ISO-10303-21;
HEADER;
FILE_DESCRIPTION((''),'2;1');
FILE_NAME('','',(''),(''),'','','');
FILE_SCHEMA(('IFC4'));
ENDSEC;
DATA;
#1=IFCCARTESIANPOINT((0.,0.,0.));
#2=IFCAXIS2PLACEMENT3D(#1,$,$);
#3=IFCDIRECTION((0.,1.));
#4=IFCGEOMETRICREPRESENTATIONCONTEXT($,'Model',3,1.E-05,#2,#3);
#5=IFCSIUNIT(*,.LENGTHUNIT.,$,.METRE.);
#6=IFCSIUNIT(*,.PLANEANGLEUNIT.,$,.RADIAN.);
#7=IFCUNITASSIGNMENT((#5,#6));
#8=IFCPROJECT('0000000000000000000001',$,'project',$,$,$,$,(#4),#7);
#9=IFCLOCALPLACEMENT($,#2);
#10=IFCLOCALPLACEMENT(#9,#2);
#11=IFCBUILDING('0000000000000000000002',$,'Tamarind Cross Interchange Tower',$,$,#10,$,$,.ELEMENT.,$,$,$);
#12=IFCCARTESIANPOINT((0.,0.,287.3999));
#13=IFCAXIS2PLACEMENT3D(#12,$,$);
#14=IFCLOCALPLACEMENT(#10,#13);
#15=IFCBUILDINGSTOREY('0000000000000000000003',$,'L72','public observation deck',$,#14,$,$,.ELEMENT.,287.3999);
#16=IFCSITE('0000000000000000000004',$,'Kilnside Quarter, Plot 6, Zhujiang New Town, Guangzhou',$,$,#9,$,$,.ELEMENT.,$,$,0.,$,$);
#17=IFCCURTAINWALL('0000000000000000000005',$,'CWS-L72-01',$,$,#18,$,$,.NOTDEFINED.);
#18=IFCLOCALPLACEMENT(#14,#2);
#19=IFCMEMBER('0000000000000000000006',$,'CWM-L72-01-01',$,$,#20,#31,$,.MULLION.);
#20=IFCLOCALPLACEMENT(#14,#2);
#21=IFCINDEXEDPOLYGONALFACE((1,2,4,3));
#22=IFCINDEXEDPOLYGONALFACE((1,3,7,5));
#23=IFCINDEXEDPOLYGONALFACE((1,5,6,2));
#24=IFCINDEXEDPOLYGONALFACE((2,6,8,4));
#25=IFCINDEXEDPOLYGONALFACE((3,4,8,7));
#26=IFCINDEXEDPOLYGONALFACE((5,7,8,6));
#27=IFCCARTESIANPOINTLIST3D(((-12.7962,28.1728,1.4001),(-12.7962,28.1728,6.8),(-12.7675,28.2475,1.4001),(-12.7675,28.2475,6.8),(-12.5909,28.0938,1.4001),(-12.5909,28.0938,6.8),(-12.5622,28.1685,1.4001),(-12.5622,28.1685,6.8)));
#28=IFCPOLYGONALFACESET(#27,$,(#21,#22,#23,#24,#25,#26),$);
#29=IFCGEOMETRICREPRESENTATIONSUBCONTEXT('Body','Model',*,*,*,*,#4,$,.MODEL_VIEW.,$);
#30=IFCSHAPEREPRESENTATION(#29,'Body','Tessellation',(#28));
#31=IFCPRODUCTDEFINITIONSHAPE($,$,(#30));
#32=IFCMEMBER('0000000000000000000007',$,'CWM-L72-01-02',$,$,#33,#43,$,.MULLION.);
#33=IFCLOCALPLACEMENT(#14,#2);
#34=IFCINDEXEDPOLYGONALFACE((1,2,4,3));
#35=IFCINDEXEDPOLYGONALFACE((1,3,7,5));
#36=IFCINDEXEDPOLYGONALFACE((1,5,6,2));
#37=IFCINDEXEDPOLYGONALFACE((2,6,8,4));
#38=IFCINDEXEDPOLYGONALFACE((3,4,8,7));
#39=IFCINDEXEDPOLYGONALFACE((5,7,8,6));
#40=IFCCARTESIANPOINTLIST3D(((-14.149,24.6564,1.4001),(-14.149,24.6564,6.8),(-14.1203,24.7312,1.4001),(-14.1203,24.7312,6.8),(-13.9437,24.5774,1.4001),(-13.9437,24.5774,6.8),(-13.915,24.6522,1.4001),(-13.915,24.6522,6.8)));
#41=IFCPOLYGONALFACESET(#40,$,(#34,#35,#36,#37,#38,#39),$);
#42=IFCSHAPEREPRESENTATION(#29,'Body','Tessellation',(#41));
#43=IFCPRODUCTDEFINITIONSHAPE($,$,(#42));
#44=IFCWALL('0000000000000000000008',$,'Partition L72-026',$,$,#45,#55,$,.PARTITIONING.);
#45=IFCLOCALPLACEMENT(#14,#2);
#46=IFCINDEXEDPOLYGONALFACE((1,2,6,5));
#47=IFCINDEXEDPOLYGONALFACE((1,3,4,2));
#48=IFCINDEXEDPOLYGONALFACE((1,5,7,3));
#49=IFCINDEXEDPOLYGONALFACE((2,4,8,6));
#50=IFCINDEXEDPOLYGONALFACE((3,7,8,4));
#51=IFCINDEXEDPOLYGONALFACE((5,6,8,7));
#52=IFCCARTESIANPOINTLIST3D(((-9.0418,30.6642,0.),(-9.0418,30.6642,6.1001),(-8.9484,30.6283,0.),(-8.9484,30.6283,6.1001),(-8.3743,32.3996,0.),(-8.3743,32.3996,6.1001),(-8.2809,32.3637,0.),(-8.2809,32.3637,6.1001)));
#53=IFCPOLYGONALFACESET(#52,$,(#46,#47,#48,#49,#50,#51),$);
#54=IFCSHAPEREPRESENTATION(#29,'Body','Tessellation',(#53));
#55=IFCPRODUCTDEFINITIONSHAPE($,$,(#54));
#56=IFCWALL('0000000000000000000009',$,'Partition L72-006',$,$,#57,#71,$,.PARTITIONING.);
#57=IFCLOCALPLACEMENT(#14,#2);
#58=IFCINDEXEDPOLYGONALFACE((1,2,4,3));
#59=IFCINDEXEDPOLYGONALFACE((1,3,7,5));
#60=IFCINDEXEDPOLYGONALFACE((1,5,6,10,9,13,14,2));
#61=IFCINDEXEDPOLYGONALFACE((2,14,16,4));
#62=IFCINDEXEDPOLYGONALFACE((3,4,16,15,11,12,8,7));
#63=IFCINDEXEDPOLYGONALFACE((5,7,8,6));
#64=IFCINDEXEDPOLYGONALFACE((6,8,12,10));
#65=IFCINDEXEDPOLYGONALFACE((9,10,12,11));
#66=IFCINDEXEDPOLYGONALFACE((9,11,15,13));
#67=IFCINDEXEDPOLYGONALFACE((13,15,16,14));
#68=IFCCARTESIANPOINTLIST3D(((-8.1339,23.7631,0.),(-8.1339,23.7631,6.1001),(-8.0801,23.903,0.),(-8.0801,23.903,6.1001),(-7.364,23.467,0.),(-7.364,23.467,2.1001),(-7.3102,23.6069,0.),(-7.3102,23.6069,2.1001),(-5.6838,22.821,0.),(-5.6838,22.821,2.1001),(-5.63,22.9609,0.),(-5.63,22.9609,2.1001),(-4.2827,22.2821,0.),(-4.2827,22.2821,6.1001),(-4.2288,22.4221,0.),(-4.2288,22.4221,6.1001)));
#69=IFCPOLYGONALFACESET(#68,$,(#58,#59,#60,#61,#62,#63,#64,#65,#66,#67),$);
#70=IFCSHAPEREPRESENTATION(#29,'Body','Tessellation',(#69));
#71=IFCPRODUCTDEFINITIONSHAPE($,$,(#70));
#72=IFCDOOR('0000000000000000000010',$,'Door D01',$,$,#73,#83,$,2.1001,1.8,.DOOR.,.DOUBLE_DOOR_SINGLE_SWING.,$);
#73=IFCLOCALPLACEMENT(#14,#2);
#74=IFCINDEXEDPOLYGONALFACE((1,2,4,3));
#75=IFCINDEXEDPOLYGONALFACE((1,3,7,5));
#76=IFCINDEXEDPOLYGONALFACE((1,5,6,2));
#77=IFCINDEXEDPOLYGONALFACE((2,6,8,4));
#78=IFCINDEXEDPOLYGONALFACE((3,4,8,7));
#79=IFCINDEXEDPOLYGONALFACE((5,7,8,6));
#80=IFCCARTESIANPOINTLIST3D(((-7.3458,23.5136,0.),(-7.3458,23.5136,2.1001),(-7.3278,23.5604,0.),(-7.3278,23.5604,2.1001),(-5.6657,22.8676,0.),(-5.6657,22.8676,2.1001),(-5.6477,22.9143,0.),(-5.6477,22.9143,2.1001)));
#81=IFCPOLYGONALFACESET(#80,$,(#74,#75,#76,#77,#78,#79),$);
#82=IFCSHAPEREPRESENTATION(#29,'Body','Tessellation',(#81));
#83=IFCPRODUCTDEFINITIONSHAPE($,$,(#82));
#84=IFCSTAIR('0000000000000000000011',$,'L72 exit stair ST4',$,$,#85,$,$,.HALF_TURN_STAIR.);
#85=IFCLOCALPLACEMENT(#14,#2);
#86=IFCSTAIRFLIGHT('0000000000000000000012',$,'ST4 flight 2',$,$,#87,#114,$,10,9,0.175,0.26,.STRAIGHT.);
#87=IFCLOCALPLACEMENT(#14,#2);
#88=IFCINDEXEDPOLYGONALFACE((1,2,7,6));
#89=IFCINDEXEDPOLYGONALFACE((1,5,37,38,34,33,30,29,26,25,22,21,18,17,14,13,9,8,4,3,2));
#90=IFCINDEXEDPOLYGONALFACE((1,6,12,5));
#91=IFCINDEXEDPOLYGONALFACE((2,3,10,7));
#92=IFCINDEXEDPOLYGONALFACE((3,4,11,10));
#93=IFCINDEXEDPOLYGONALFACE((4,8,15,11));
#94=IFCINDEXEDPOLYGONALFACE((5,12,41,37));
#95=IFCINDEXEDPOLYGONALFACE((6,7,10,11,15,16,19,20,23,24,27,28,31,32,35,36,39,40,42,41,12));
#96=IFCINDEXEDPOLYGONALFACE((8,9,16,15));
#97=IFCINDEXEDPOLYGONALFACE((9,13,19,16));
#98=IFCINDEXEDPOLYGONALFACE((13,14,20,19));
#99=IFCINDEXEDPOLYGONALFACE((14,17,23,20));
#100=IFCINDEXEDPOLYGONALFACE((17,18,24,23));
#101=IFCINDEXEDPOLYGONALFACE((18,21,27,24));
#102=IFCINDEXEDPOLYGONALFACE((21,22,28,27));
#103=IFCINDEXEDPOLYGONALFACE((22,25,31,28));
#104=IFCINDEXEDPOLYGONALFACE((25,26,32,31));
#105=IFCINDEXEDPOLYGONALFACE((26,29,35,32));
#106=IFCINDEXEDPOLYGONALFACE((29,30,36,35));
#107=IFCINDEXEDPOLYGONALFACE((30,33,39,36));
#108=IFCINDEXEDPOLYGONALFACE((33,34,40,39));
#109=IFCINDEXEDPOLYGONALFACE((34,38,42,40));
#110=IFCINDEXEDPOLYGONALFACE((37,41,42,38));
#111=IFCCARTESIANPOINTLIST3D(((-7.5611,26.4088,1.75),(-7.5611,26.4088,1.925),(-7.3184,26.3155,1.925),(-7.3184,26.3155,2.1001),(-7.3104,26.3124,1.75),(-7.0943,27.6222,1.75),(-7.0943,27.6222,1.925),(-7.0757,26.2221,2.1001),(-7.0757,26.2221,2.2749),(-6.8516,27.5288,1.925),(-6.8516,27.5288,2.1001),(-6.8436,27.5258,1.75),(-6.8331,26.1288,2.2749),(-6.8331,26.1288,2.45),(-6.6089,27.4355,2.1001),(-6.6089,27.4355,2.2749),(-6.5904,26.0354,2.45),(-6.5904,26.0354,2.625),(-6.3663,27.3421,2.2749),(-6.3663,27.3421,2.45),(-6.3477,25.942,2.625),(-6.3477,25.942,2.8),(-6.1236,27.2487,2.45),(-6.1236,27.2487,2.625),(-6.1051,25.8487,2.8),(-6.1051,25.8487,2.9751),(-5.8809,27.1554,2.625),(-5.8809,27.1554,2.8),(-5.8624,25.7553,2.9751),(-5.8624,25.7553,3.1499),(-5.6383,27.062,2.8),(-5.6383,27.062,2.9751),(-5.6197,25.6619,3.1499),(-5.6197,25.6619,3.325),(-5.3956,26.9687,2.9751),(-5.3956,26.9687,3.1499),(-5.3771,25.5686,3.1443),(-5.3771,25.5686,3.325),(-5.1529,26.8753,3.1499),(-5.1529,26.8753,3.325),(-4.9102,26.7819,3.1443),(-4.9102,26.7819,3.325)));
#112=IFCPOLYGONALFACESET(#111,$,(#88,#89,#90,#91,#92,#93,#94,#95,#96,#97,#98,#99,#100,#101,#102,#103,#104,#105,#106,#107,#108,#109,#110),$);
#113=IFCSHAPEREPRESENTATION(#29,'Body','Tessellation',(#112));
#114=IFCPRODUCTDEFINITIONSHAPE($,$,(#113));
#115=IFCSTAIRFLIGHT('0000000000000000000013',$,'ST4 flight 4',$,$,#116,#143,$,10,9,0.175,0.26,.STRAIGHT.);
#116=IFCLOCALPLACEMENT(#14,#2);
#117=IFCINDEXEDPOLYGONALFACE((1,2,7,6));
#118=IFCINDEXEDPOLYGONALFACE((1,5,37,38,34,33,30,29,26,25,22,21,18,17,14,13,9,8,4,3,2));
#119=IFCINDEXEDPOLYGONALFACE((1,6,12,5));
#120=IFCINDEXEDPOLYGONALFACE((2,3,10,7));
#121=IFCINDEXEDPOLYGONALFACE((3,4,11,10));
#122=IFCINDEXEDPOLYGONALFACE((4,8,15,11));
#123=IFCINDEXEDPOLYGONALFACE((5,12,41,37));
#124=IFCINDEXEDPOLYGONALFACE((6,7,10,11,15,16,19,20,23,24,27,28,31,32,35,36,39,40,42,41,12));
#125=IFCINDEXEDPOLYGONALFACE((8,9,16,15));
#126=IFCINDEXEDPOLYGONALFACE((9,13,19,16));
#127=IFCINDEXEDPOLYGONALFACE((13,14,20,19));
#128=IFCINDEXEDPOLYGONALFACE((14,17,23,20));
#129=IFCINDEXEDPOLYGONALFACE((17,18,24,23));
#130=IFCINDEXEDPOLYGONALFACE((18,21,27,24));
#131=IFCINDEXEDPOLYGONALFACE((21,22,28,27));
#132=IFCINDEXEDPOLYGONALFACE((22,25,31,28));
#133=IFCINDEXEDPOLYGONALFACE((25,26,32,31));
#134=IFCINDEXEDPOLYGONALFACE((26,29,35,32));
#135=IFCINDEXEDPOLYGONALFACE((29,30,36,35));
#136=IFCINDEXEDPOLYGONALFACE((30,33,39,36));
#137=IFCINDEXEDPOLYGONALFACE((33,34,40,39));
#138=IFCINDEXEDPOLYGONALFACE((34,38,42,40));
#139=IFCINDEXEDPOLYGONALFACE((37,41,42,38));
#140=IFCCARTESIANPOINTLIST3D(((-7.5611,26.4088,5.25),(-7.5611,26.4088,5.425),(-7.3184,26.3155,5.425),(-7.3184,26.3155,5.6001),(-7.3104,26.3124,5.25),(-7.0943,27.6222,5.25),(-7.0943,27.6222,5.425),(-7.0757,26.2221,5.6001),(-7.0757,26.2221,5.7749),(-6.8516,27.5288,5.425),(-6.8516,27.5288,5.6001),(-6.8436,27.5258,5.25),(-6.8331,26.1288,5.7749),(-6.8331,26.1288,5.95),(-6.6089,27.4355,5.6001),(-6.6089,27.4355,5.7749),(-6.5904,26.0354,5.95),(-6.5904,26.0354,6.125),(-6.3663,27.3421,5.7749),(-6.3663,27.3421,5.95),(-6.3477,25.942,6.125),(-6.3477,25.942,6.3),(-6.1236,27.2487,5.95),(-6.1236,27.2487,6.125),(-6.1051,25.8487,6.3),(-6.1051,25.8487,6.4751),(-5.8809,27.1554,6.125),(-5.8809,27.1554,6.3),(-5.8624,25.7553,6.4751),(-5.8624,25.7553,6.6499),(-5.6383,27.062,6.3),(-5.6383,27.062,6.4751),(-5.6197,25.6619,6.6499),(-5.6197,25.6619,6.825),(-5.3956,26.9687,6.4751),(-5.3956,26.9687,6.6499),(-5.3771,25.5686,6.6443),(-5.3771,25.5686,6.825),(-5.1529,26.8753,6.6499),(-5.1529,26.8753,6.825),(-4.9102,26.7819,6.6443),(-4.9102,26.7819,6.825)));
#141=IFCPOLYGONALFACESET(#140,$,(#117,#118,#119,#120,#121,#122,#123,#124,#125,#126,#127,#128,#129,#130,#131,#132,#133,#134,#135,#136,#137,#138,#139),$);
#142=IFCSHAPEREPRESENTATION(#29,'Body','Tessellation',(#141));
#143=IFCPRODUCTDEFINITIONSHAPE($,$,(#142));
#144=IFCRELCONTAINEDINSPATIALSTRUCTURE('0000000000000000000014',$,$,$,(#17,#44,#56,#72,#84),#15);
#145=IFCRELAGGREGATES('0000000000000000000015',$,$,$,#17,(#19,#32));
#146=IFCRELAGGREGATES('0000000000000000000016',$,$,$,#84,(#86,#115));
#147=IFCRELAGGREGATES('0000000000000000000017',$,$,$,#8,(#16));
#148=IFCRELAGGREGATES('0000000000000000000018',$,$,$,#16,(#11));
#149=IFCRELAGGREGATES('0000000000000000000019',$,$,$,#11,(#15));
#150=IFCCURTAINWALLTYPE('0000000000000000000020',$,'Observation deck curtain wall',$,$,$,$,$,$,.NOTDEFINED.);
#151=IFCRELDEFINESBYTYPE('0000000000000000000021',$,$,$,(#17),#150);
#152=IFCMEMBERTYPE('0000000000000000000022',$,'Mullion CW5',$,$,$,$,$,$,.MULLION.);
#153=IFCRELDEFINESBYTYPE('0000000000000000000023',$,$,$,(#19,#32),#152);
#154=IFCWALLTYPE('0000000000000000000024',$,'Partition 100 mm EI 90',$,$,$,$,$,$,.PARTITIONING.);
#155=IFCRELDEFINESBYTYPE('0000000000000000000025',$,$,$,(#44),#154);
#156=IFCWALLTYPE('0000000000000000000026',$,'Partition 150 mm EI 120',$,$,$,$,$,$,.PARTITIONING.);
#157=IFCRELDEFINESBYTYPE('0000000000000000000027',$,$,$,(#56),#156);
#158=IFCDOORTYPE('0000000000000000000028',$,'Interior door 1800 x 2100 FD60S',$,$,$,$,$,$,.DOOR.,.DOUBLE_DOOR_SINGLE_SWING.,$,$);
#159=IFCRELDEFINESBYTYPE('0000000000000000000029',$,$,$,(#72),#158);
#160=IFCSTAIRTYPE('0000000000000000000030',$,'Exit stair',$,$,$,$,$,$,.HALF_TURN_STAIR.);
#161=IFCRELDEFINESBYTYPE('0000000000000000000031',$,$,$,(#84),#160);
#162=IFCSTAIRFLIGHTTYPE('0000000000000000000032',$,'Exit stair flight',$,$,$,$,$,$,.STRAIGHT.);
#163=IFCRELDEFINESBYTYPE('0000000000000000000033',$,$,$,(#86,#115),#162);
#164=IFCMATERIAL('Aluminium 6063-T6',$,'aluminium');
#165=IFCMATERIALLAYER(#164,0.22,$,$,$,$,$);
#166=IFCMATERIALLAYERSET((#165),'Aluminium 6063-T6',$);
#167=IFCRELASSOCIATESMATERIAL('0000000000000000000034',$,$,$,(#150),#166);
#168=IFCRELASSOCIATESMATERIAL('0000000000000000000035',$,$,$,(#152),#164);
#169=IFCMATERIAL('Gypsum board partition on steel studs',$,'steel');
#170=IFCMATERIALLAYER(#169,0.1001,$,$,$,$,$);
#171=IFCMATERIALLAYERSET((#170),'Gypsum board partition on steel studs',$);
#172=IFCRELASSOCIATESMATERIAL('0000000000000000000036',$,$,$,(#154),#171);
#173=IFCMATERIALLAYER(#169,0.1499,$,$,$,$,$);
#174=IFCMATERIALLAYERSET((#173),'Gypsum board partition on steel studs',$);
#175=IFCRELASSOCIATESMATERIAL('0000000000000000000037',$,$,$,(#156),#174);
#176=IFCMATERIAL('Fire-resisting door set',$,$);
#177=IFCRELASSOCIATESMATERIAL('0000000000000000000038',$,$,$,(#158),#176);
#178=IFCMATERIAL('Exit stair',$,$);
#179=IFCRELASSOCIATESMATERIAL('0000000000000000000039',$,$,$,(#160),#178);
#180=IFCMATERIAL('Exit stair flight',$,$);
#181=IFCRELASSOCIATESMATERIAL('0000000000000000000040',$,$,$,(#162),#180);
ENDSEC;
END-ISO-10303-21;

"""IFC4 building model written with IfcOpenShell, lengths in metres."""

from ifc_helpers import new_model, si_unit, direction, frame, frame_2d, origin, origin_2d, place, context, subcontext, project, spatial, polyline, rectangle, outline, extrude, material, layer, layer_set, material_profile, profile_set, type_object, element, fill, aggregate, save


model = new_model("IFC4")

# Units and contexts
model_context = context("Model", 3, precision=1e-05, world=origin(), true_north=direction((0.0, 1.0)))
body_context = subcontext(model_context, "Body", "Model", "MODEL_VIEW")
ifc_project = project(units=[si_unit("LENGTHUNIT", "METRE"), si_unit("PLANEANGLEUNIT", "RADIAN")], contexts=[model_context])

# Site, building, storey
site_placement = place(None, origin())
site = spatial("IfcSite", under=ifc_project, at=site_placement, Name="Kilnside Quarter, Plot 6, Zhujiang New Town, Guangzhou", CompositionType="ELEMENT", RefElevation=0.0)
building_placement = place(site_placement, origin())
building = spatial("IfcBuilding", under=site, at=building_placement, Name="Tamarind Cross Interchange Tower", CompositionType="ELEMENT")
storey_placement = place(building_placement, frame((0.0, 0.0, 287.3999)))
storey = spatial("IfcBuildingStorey", under=building, at=storey_placement, Name="L72", Description="public observation deck", CompositionType="ELEMENT", Elevation=287.3999)

# Curtain wall, members
ifc_material_1 = material(Name="Aluminium 6063-T6", Category="aluminium")
ifc_layer_1 = layer(ifc_material_1, 0.22)
ifc_layer_set_1 = layer_set([ifc_layer_1], Name="Aluminium 6063-T6")
curtain_wall_type = type_object("IfcCurtainWallType", Name="Observation deck curtain wall", PredefinedType="NOTDEFINED", material=ifc_layer_set_1)
curtain_wall_placement = place(storey_placement, origin())
curtain_wall = element("IfcCurtainWall", 1, at=curtain_wall_placement, inside=storey, type_object=curtain_wall_type, Name="CWS-L72-01", PredefinedType="NOTDEFINED")
ifc_material_profile_1 = material_profile(ifc_material_1, rectangle(XDim=0.0801, YDim=0.22, at=origin_2d()), Name="Mullion CW5")
ifc_profile_set_1 = profile_set([ifc_material_profile_1], Name="Aluminium 6063-T6")
member_type = type_object("IfcMemberType", Name="Mullion CW5", PredefinedType="MULLION", material=ifc_profile_set_1)
member_1_placement = place(storey_placement, frame((-12.6792, 28.1707, 1.4001), z_axis=(0.0, 0.0, 1.0), x_axis=(-0.359072, -0.93331, 0.0)))
member_1 = element("IfcMember", 2, at=member_1_placement, type_object=member_type, Name="CWM-L72-01-01", PredefinedType="MULLION", context=body_context, shape_type="SweptSolid", body=[
    extrude(rectangle(XDim=0.0801, YDim=0.22, at=origin_2d()), origin(), (0.0, 0.0, 1.0), 5.3999),
])
member_2_placement = place(storey_placement, frame((-14.032, 24.6543, 1.4001), z_axis=(0.0, 0.0, 1.0), x_axis=(-0.359072, -0.93331, 0.0)))
member_2 = element("IfcMember", 3, at=member_2_placement, type_object=member_type, Name="CWM-L72-01-02", PredefinedType="MULLION", context=body_context, shape_type="SweptSolid", body=[
    extrude(rectangle(XDim=0.0801, YDim=0.22, at=origin_2d()), origin(), (0.0, 0.0, 1.0), 5.3999),
])
aggregate(curtain_wall, [member_1, member_2])

# Wall
ifc_material_2 = material(Name="Gypsum board partition on steel studs", Category="steel")
ifc_layer_2 = layer(ifc_material_2, 0.1001)
ifc_layer_set_2 = layer_set([ifc_layer_2], Name="Gypsum board partition on steel studs")
wall_type_1 = type_object("IfcWallType", Name="Partition 100 mm EI 90", PredefinedType="PARTITIONING", material=ifc_layer_set_2)
wall_1_placement = place(storey_placement, frame((-8.9951, 30.6462, 0.0), z_axis=(0.0, 0.0, 1.0), x_axis=(0.358997, 0.933339, 0.0)))
element("IfcWall", 4, at=wall_1_placement, inside=storey, type_object=wall_type_1, Name="Partition L72-026", PredefinedType="PARTITIONING", context=body_context, shape_type="SweptSolid", body=[
    extrude(rectangle(XDim=1.8594, YDim=0.1001, at=frame_2d((0.9297, 0.0))), origin(), (0.0, 0.0, 1.0), 6.1001),
])

# Wall, opening, door
ifc_layer_3 = layer(ifc_material_2, 0.1499)
ifc_layer_set_3 = layer_set([ifc_layer_3], Name="Gypsum board partition on steel studs")
wall_type_2 = type_object("IfcWallType", Name="Partition 150 mm EI 120", PredefinedType="PARTITIONING", material=ifc_layer_set_3)
wall_2_placement = place(storey_placement, frame((-8.1069, 23.833, 0.0), z_axis=(0.0, 0.0, 1.0), x_axis=(0.933372, -0.358912, 0.0)))
wall_2 = element("IfcWall", 5, at=wall_2_placement, inside=storey, type_object=wall_type_2, Name="Partition L72-006", PredefinedType="PARTITIONING", context=body_context, shape_type="SweptSolid", body=[
    extrude(rectangle(XDim=4.1262, YDim=0.1499, at=frame_2d((2.063, 0.0))), origin(), (0.0, 0.0, 1.0), 6.1001),
])
opening_placement = place(wall_2_placement, frame((0.825, 0.0, 0.0)))
opening = element("IfcOpeningElement", 6, at=opening_placement, cuts=wall_2, PredefinedType="OPENING", context=body_context, shape_type="SweptSolid", body=[
    extrude(rectangle(XDim=1.8, YDim=2.1001, at=frame_2d((0.8999, 1.05))), frame((0.0, 0.085, 0.0), z_axis=(0.0, -1.0, 0.0), x_axis=(1.0, 0.0, 0.0)), (0.0, 0.0, 1.0), 0.1699),
])
ifc_material_3 = material(Name="Fire-resisting door set")
door_type = type_object("IfcDoorType", Name="Interior door 1800 x 2100 FD60S", OperationType="DOUBLE_DOOR_SINGLE_SWING", PredefinedType="DOOR", material=ifc_material_3)
door_placement = place(opening_placement, frame((1.8, 0.0, 0.0), z_axis=(0.0, 0.0, 1.0), x_axis=(-1.0, 0.0, 0.0)))
door = element("IfcDoor", 7, at=door_placement, inside=storey, type_object=door_type, Name="Door D01", OperationType="DOUBLE_DOOR_SINGLE_SWING", OverallHeight=2.1001, OverallWidth=1.8, PredefinedType="DOOR", context=body_context, shape_type="SweptSolid", body=[
    extrude(rectangle(XDim=1.8, YDim=2.1001, at=frame_2d((0.8999, 1.05))), frame((0.0, 0.0249, 0.0), z_axis=(0.0, -1.0, 0.0), x_axis=(1.0, 0.0, 0.0)), (0.0, 0.0, 1.0), 0.05),
])
fill(opening, door)

# Stair, stair flights
ifc_material_4 = material(Name="Exit stair")
stair_type = type_object("IfcStairType", Name="Exit stair", PredefinedType="HALF_TURN_STAIR", material=ifc_material_4)
stair_placement = place(storey_placement, origin())
stair = element("IfcStair", 8, at=stair_placement, inside=storey, type_object=stair_type, Name="L72 exit stair ST4", PredefinedType="HALF_TURN_STAIR")
ifc_material_5 = material(Name="Exit stair flight")
stair_flight_type = type_object("IfcStairFlightType", Name="Exit stair flight", PredefinedType="STRAIGHT", material=ifc_material_5)
stair_flight_1_placement = place(storey_placement, frame((-7.3276, 27.0156, 1.75), z_axis=(0.0, 0.0, 1.0), x_axis=(0.93331, -0.359072, 0.0)))
stair_flight_1 = element("IfcStairFlight", 9, at=stair_flight_1_placement, type_object=stair_flight_type, Name="ST4 flight 2", NumberOfRisers=10, NumberOfTreads=9, PredefinedType="STRAIGHT", RiserHeight=0.175, TreadLength=0.26, context=body_context, shape_type="SweptSolid", body=[
    extrude(outline(polyline([(0.0, 0.0), (0.0, 0.175), (0.26, 0.175), (0.26, 0.3501), (0.52, 0.3501), (0.52, 0.5249), (0.78, 0.5249), (0.78, 0.7), (1.04, 0.7), (1.04, 0.875), (1.3, 0.875), (1.3, 1.05), (1.5601, 1.05), (1.5601, 1.2251), (1.8201, 1.2251), (1.8201, 1.3999), (2.0801, 1.3999), (2.0801, 1.575), (2.3401, 1.575), (2.3401, 1.75), (2.3401, 1.3943), (0.2686, 0.0), (0.0, 0.0)])), frame((0.0, 0.6499, 0.0), z_axis=(0.0, -1.0, 0.0), x_axis=(1.0, 0.0, 0.0)), (0.0, 0.0, 1.0), 1.3),
])
stair_flight_2_placement = place(storey_placement, frame((-7.3276, 27.0156, 5.25), z_axis=(0.0, 0.0, 1.0), x_axis=(0.93331, -0.359072, 0.0)))
stair_flight_2 = element("IfcStairFlight", 10, at=stair_flight_2_placement, type_object=stair_flight_type, Name="ST4 flight 4", NumberOfRisers=10, NumberOfTreads=9, PredefinedType="STRAIGHT", RiserHeight=0.175, TreadLength=0.26, context=body_context, shape_type="SweptSolid", body=[
    extrude(outline(polyline([(0.0, 0.0), (0.0, 0.175), (0.26, 0.175), (0.26, 0.3501), (0.52, 0.3501), (0.52, 0.5249), (0.78, 0.5249), (0.78, 0.7), (1.04, 0.7), (1.04, 0.875), (1.3, 0.875), (1.3, 1.05), (1.5601, 1.05), (1.5601, 1.2251), (1.8201, 1.2251), (1.8201, 1.3999), (2.0801, 1.3999), (2.0801, 1.575), (2.3401, 1.575), (2.3401, 1.75), (2.3401, 1.3943), (0.2686, 0.0), (0.0, 0.0)])), frame((0.0, 0.6499, 0.0), z_axis=(0.0, -1.0, 0.0), x_axis=(1.0, 0.0, 0.0)), (0.0, 0.0, 1.0), 1.3),
])
aggregate(stair, [stair_flight_1, stair_flight_2])

save(model, "model.ifc")
